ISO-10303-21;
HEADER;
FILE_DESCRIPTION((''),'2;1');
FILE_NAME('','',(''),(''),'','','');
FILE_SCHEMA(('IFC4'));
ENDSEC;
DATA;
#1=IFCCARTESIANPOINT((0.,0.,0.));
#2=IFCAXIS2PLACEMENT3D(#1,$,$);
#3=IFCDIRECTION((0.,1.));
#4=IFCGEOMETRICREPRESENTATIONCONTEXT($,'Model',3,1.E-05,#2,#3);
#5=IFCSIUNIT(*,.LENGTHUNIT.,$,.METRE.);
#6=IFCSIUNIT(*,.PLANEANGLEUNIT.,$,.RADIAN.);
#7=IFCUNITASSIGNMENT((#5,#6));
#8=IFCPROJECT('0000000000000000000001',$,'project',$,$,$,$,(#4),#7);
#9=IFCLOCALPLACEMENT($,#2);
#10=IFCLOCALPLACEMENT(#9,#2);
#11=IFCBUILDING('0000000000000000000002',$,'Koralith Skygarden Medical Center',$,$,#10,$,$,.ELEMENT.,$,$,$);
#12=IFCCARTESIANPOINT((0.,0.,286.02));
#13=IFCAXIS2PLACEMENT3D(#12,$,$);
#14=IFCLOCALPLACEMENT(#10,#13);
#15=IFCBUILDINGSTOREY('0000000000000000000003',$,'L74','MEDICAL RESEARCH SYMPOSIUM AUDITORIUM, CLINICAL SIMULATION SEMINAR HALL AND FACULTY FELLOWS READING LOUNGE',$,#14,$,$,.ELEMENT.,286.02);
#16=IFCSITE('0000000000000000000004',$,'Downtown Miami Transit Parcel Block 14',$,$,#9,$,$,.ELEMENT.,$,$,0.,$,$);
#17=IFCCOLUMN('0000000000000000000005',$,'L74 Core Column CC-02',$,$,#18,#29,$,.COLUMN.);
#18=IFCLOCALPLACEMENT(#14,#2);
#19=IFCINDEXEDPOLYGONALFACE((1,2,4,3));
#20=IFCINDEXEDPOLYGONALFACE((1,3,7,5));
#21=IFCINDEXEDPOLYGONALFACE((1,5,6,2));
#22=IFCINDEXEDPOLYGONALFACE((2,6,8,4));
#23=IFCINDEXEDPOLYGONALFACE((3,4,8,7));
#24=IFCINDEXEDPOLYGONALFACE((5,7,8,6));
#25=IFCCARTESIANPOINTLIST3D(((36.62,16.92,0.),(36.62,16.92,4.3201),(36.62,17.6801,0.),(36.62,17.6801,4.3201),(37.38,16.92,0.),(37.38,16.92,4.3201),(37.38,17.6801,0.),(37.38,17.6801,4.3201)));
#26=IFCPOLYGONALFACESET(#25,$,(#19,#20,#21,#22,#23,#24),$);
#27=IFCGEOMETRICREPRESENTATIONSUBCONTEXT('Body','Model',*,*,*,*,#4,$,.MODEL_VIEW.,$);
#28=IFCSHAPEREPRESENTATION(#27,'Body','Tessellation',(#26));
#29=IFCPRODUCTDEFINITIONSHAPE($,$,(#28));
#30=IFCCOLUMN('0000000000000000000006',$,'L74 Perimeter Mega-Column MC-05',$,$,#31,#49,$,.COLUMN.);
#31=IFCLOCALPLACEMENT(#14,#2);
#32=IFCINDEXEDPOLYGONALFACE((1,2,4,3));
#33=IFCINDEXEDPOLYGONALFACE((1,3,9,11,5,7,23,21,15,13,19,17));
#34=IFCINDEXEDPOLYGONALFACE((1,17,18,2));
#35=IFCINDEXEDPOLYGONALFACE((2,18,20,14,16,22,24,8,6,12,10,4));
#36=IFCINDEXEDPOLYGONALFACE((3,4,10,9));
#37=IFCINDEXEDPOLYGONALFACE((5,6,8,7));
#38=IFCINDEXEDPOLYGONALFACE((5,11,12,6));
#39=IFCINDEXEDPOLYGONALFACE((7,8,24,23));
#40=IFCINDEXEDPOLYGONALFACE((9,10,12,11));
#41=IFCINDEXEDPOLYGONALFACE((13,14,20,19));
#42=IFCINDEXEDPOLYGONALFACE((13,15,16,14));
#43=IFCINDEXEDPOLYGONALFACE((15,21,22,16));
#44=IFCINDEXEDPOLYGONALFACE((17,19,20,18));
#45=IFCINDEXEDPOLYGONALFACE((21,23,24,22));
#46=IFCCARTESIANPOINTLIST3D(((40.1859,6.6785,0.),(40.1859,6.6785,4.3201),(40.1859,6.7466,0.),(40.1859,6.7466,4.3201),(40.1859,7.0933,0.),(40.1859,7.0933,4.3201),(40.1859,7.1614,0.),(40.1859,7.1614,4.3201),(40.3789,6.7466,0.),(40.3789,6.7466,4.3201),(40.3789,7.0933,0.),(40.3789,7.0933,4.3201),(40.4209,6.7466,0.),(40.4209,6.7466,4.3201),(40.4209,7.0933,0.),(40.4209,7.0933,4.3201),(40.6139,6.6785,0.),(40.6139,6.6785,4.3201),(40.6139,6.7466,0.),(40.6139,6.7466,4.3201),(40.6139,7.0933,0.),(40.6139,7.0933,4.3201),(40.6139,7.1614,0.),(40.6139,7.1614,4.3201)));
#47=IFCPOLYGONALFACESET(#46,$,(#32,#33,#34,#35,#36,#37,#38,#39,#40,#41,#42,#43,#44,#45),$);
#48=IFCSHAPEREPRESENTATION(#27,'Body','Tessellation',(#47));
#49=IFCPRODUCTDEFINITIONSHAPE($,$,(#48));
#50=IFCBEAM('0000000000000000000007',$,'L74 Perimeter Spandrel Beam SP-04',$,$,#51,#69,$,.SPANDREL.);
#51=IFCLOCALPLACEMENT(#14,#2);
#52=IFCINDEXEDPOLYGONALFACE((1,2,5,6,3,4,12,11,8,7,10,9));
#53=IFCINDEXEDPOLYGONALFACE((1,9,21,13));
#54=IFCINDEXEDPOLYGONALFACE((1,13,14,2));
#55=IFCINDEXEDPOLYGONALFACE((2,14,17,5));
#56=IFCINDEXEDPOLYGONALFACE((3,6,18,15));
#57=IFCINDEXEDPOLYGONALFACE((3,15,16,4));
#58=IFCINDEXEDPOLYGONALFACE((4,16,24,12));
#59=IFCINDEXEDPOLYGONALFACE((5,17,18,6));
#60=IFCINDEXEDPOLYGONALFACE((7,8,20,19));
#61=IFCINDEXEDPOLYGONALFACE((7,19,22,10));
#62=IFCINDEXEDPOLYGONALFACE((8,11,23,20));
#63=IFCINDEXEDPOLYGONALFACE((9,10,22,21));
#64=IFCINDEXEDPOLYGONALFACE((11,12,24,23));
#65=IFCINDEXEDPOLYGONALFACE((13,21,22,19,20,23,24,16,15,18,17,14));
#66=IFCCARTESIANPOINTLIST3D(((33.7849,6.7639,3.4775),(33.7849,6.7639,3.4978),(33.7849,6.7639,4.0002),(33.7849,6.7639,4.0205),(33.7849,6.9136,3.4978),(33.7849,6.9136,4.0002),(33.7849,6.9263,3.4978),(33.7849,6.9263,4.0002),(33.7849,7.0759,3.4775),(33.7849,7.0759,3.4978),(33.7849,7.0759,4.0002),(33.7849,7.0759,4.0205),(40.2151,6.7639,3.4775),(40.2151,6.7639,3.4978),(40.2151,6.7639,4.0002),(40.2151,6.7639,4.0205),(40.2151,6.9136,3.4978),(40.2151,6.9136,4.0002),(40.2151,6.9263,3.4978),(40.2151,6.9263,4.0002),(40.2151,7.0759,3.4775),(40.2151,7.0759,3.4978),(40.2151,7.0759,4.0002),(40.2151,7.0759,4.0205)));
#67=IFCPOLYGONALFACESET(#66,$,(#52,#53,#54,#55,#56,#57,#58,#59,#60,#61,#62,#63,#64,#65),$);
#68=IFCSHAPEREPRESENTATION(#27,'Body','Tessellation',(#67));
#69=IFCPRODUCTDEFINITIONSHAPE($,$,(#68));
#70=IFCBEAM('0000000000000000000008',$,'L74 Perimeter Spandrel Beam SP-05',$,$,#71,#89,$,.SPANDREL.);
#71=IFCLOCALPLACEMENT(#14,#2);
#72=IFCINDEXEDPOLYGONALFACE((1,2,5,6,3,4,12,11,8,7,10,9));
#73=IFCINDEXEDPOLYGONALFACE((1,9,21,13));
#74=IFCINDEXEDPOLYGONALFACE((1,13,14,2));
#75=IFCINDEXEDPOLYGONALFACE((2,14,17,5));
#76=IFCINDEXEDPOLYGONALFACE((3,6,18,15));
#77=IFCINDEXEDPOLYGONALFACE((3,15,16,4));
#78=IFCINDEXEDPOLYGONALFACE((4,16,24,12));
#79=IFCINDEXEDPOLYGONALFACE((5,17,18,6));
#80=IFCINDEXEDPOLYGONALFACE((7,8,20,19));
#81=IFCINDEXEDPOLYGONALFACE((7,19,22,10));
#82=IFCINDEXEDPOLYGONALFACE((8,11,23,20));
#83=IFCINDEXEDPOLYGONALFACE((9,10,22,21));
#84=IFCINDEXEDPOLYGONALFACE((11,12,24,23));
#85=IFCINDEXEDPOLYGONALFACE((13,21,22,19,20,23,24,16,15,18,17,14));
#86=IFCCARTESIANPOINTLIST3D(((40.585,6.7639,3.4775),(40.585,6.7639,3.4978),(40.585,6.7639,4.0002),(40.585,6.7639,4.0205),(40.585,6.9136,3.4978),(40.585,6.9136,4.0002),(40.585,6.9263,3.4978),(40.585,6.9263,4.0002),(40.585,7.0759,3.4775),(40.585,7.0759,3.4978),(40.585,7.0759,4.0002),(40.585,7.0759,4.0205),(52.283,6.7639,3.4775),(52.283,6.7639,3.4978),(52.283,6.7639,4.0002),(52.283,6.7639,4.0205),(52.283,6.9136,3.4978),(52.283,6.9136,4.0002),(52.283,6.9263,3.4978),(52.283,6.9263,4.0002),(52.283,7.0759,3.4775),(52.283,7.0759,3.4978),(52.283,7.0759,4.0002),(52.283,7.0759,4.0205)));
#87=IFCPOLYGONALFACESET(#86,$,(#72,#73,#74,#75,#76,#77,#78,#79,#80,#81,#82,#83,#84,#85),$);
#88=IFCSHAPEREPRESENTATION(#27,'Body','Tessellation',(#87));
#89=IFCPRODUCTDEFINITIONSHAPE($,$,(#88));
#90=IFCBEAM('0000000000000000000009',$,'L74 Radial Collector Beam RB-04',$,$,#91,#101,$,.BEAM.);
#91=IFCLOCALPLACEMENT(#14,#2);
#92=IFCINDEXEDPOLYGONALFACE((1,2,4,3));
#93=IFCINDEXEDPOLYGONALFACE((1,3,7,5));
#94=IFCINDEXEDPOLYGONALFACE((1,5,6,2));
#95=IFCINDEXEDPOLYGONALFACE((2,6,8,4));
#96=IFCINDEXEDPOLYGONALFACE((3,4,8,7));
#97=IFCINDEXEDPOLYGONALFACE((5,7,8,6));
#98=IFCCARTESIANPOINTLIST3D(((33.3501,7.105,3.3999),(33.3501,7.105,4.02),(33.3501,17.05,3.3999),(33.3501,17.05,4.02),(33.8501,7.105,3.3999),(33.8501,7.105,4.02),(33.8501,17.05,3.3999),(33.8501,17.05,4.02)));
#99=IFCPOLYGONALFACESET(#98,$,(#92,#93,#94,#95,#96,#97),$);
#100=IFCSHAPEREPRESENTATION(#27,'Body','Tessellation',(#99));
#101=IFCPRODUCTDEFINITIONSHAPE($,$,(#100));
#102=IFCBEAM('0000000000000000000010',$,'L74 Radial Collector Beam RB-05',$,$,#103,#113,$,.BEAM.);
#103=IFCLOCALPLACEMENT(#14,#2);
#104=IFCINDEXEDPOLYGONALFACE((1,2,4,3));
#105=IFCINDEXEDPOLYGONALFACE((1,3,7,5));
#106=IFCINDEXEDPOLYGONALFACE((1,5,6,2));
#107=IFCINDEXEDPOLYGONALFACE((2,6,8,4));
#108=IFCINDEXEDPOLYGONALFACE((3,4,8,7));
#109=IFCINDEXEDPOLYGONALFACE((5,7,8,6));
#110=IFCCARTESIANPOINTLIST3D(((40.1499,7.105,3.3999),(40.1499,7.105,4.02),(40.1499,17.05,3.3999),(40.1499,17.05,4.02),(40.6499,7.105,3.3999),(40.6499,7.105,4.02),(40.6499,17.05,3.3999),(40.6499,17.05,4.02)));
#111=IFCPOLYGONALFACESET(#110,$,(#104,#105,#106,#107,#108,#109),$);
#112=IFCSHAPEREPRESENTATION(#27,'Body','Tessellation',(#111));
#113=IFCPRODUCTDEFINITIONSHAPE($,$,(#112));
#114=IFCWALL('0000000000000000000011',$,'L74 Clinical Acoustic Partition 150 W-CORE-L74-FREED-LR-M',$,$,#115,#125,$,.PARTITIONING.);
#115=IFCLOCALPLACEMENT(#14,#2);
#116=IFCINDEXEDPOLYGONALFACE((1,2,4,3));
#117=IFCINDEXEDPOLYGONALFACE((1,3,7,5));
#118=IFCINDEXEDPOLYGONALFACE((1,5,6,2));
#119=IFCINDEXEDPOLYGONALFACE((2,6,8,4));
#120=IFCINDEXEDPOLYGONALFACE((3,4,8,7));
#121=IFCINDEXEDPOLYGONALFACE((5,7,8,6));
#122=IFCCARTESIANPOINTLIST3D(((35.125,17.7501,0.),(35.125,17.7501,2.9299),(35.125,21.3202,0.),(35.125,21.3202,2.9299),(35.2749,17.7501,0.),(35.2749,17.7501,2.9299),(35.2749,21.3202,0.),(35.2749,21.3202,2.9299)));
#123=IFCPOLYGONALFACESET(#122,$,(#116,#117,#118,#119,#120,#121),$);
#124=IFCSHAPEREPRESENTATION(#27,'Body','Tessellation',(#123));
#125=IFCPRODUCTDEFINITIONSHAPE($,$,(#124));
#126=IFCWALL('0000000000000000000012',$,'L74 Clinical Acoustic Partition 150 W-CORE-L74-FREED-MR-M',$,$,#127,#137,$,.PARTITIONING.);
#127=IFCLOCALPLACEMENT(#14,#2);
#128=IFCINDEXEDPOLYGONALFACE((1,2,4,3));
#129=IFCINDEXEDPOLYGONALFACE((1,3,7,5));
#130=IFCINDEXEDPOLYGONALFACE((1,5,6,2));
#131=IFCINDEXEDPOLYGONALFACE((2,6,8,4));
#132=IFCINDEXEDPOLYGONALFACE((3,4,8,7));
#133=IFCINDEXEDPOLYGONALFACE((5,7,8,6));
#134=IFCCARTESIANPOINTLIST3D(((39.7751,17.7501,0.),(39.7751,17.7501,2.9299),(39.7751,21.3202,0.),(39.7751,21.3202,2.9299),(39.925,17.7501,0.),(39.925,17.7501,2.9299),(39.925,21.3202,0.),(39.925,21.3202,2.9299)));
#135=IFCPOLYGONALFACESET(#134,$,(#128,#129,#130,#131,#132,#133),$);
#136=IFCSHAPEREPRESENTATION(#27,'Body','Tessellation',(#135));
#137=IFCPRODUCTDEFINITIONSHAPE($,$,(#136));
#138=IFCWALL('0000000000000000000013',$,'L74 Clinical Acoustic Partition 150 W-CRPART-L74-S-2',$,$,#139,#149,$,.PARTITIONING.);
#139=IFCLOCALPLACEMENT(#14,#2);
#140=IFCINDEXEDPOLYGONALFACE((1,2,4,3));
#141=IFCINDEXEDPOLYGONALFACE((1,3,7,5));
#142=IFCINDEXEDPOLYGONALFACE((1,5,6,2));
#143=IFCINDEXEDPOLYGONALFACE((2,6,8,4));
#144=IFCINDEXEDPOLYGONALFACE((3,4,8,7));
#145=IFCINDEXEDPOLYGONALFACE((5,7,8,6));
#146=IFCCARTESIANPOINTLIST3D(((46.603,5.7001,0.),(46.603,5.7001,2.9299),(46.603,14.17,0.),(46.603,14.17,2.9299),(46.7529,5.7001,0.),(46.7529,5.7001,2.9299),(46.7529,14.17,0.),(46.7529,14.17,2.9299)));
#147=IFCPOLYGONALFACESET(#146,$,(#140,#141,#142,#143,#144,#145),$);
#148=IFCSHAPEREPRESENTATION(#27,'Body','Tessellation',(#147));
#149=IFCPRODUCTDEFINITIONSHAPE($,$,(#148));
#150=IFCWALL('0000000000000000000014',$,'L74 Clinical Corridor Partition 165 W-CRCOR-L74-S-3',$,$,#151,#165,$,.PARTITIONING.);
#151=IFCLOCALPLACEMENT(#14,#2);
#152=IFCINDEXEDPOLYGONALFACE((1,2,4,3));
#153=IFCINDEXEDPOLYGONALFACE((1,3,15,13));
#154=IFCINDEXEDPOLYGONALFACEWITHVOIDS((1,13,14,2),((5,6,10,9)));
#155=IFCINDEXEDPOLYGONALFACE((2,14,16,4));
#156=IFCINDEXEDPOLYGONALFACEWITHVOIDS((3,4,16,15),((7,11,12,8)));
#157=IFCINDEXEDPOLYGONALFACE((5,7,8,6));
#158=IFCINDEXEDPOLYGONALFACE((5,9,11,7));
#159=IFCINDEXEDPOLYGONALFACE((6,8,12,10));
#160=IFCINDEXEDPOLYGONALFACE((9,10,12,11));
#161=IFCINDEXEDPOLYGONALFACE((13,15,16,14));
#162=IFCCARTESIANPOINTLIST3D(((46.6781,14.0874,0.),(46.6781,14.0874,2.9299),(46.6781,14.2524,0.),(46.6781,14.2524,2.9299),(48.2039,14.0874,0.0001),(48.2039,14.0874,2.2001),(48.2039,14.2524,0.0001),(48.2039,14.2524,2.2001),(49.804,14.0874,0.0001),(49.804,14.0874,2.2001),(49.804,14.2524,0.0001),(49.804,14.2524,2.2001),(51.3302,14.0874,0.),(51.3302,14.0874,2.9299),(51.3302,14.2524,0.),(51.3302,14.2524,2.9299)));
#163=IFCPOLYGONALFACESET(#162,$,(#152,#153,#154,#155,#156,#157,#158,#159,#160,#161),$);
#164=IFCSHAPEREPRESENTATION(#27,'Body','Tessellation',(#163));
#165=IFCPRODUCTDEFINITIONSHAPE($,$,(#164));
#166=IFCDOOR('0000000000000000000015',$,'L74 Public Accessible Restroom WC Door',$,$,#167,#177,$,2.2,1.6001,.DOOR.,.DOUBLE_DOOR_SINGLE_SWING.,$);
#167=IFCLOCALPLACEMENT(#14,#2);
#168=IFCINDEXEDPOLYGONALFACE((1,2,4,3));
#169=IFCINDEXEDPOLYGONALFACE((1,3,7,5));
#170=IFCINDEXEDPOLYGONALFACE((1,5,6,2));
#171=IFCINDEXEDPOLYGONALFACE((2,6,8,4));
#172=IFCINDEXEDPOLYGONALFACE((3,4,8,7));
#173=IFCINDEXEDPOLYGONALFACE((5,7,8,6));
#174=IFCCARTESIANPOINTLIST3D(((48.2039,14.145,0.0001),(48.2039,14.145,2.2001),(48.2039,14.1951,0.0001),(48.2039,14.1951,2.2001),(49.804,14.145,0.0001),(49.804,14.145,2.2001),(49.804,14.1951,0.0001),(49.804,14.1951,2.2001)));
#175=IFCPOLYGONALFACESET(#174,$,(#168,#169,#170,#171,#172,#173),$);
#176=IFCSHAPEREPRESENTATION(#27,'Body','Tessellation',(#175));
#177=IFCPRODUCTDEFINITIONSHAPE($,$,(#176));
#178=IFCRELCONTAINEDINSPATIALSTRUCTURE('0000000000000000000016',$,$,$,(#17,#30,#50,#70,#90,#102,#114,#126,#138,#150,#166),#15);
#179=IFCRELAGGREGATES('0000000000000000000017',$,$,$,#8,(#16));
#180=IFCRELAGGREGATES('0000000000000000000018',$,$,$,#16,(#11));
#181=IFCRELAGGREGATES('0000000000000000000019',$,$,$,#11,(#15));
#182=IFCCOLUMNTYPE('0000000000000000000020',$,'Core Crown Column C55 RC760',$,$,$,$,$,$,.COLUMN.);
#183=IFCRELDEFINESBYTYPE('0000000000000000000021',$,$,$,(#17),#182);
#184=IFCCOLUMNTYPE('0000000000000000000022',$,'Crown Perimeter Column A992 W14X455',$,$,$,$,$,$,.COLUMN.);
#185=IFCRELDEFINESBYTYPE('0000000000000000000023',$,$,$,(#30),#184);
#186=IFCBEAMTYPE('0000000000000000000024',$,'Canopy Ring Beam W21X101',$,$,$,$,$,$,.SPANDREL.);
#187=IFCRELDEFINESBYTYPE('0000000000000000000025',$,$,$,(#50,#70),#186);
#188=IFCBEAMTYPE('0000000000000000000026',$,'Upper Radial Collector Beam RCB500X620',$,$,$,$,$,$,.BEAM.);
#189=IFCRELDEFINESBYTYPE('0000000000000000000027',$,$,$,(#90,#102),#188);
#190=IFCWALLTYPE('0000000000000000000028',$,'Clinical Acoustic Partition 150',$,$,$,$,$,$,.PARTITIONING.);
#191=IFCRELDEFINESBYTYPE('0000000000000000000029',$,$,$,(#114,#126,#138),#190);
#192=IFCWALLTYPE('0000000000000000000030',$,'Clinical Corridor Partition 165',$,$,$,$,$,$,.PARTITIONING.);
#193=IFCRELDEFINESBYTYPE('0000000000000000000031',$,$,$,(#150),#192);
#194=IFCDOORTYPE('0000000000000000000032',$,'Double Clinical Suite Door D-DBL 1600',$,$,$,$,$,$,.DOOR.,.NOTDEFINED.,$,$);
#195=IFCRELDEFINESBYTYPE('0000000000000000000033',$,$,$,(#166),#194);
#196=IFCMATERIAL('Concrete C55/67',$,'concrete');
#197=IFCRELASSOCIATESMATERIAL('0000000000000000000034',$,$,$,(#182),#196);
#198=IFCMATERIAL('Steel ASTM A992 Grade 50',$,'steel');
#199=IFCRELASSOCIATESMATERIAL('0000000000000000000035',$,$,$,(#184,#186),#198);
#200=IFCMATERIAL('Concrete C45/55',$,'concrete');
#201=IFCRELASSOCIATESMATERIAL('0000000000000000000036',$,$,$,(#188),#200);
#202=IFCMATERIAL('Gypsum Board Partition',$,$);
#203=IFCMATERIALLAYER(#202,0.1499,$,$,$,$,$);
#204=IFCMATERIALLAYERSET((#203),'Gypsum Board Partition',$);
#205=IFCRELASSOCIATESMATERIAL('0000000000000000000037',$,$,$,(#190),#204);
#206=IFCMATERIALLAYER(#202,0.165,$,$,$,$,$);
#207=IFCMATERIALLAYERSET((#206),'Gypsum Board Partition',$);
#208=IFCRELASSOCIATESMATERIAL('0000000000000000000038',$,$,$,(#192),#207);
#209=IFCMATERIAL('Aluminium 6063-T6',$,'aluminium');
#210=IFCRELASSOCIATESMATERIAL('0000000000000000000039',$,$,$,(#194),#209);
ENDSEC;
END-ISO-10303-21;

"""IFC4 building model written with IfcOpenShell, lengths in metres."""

from ifc_helpers import new_model, si_unit, direction, frame, frame_2d, origin, origin_2d, place, context, subcontext, project, spatial, rectangle, i_section, extrude, material, layer, layer_set, material_profile, profile_set, type_object, element, fill, save


model = new_model("IFC4")

# Units and contexts
model_context = context("Model", 3, precision=1e-05, world=origin(), true_north=direction((0.0, 1.0)))
body_context = subcontext(model_context, "Body", "Model", "MODEL_VIEW")
ifc_project = project(units=[si_unit("LENGTHUNIT", "METRE"), si_unit("PLANEANGLEUNIT", "RADIAN")], contexts=[model_context])

# Site, building, storey
site_placement = place(None, origin())
site = spatial("IfcSite", under=ifc_project, at=site_placement, Name="Downtown Miami Transit Parcel Block 14", CompositionType="ELEMENT", RefElevation=0.0)
building_placement = place(site_placement, origin())
building = spatial("IfcBuilding", under=site, at=building_placement, Name="Koralith Skygarden Medical Center", CompositionType="ELEMENT")
storey_placement = place(building_placement, frame((0.0, 0.0, 286.02)))
storey = spatial("IfcBuildingStorey", under=building, at=storey_placement, Name="L74", Description="MEDICAL RESEARCH SYMPOSIUM AUDITORIUM, CLINICAL SIMULATION SEMINAR HALL AND FACULTY FELLOWS READING LOUNGE", CompositionType="ELEMENT", Elevation=286.02)

# Columns
ifc_material_1 = material(Name="Concrete C55/67", Category="concrete")
ifc_material_profile_1 = material_profile(ifc_material_1, rectangle(XDim=0.76, YDim=0.76, at=origin_2d()), Name="RC760X760")
ifc_profile_set_1 = profile_set([ifc_material_profile_1], Name="Concrete C55/67")
column_type_1 = type_object("IfcColumnType", Name="Core Crown Column C55 RC760", PredefinedType="COLUMN", material=ifc_profile_set_1)
column_1_placement = place(storey_placement, frame((37.0, 17.3, 0.0), z_axis=(0.0, 0.0, 1.0), x_axis=(1.0, 0.0, 0.0)))
element("IfcColumn", 1, at=column_1_placement, inside=storey, type_object=column_type_1, Name="L74 Core Column CC-02", PredefinedType="COLUMN", context=body_context, shape_type="SweptSolid", body=[
    extrude(rectangle(XDim=0.76, YDim=0.76, at=origin_2d()), origin(), (0.0, 0.0, 1.0), 4.3201),
])
ifc_material_2 = material(Name="Steel ASTM A992 Grade 50", Category="steel")
ifc_material_profile_2 = material_profile(ifc_material_2, i_section(OverallWidth=0.428, OverallDepth=0.4829, WebThickness=0.042, FlangeThickness=0.0681, at=origin_2d()), Name="W14X455")
ifc_profile_set_2 = profile_set([ifc_material_profile_2], Name="Steel ASTM A992 Grade 50")
column_type_2 = type_object("IfcColumnType", Name="Crown Perimeter Column A992 W14X455", PredefinedType="COLUMN", material=ifc_profile_set_2)
column_2_placement = place(storey_placement, frame((40.3999, 6.9199, 0.0), z_axis=(0.0, 0.0, 1.0), x_axis=(1.0, 0.0, 0.0)))
element("IfcColumn", 2, at=column_2_placement, inside=storey, type_object=column_type_2, Name="L74 Perimeter Mega-Column MC-05", PredefinedType="COLUMN", context=body_context, shape_type="SweptSolid", body=[
    extrude(i_section(OverallWidth=0.428, OverallDepth=0.4829, WebThickness=0.042, FlangeThickness=0.0681, at=origin_2d()), origin(), (0.0, 0.0, 1.0), 4.3201),
])

# Beams
ifc_material_profile_3 = material_profile(ifc_material_2, i_section(OverallWidth=0.312, OverallDepth=0.543, WebThickness=0.0127, FlangeThickness=0.0203, at=origin_2d()), Name="W21X101")
ifc_profile_set_3 = profile_set([ifc_material_profile_3], Name="Steel ASTM A992 Grade 50")
beam_type_1 = type_object("IfcBeamType", Name="Canopy Ring Beam W21X101", PredefinedType="SPANDREL", material=ifc_profile_set_3)
beam_1_placement = place(storey_placement, frame((33.7849, 6.9199, 3.749), z_axis=(1.0, 0.0, 0.0), x_axis=(0.0, 1.0, 0.0)))
element("IfcBeam", 3, at=beam_1_placement, inside=storey, type_object=beam_type_1, Name="L74 Perimeter Spandrel Beam SP-04", PredefinedType="SPANDREL", context=body_context, shape_type="SweptSolid", body=[
    extrude(i_section(OverallWidth=0.312, OverallDepth=0.543, WebThickness=0.0127, FlangeThickness=0.0203, at=origin_2d()), origin(), (0.0, 0.0, 1.0), 6.4302),
])
beam_2_placement = place(storey_placement, frame((40.585, 6.9199, 3.749), z_axis=(1.0, 0.0, 0.0), x_axis=(0.0, 1.0, 0.0)))
element("IfcBeam", 4, at=beam_2_placement, inside=storey, type_object=beam_type_1, Name="L74 Perimeter Spandrel Beam SP-05", PredefinedType="SPANDREL", context=body_context, shape_type="SweptSolid", body=[
    extrude(i_section(OverallWidth=0.312, OverallDepth=0.543, WebThickness=0.0127, FlangeThickness=0.0203, at=origin_2d()), origin(), (0.0, 0.0, 1.0), 11.698),
])
ifc_material_3 = material(Name="Concrete C45/55", Category="concrete")
ifc_material_profile_4 = material_profile(ifc_material_3, rectangle(XDim=0.5, YDim=0.6201, at=origin_2d()), Name="RCB500X620")
ifc_profile_set_4 = profile_set([ifc_material_profile_4], Name="Concrete C45/55")
beam_type_2 = type_object("IfcBeamType", Name="Upper Radial Collector Beam RCB500X620", PredefinedType="BEAM", material=ifc_profile_set_4)
for number, where, z_axis, x_axis, name in (
    (5, (33.6001, 17.05, 3.71), (0.0, -1.0, 0.0), (1.0, 0.0, 0.0), "L74 Radial Collector Beam RB-04"),
    (6, (40.3999, 17.05, 3.71), (0.0, -1.0, 0.0), (1.0, 0.0, 0.0), "L74 Radial Collector Beam RB-05"),
):
    element("IfcBeam", number, at=place(storey_placement, frame(where, z_axis=z_axis, x_axis=x_axis)), inside=storey, type_object=beam_type_2, Name=name, PredefinedType="BEAM", context=body_context, shape_type="SweptSolid", body=[
        extrude(rectangle(XDim=0.5, YDim=0.6201, at=origin_2d()), origin(), (0.0, 0.0, 1.0), 9.9451),
    ])

# Walls
ifc_material_4 = material(Name="Gypsum Board Partition")
ifc_layer_1 = layer(ifc_material_4, 0.1499)
ifc_layer_set_1 = layer_set([ifc_layer_1], Name="Gypsum Board Partition")
wall_type_1 = type_object("IfcWallType", Name="Clinical Acoustic Partition 150", PredefinedType="PARTITIONING", material=ifc_layer_set_1)
for number, where, z_axis, x_axis, name in (
    (7, (35.2, 17.75, 0.0), (0.0, 0.0, 1.0), (0.0, 1.0, 0.0), "L74 Clinical Acoustic Partition 150 W-CORE-L74-FREED-LR-M"),
    (8, (39.8501, 17.75, 0.0), (0.0, 0.0, 1.0), (0.0, 1.0, 0.0), "L74 Clinical Acoustic Partition 150 W-CORE-L74-FREED-MR-M"),
):
    element("IfcWall", number, at=place(storey_placement, frame(where, z_axis=z_axis, x_axis=x_axis)), inside=storey, type_object=wall_type_1, Name=name, PredefinedType="PARTITIONING", context=body_context, shape_type="SweptSolid", body=[
        extrude(rectangle(XDim=3.5701, YDim=0.1499, at=frame_2d((1.7852, 0.0))), origin(), (0.0, 0.0, 1.0), 2.9299),
    ])
wall_1_placement = place(storey_placement, frame((46.678, 14.1699, 0.0), z_axis=(0.0, 0.0, 1.0), x_axis=(0.0, -1.0, 0.0)))
element("IfcWall", 9, at=wall_1_placement, inside=storey, type_object=wall_type_1, Name="L74 Clinical Acoustic Partition 150 W-CRPART-L74-S-2", PredefinedType="PARTITIONING", context=body_context, shape_type="SweptSolid", body=[
    extrude(rectangle(XDim=8.47, YDim=0.1499, at=frame_2d((4.2349, 0.0))), origin(), (0.0, 0.0, 1.0), 2.9299),
])

# Wall, opening, door
ifc_layer_2 = layer(ifc_material_4, 0.165)
ifc_layer_set_2 = layer_set([ifc_layer_2], Name="Gypsum Board Partition")
wall_type_2 = type_object("IfcWallType", Name="Clinical Corridor Partition 165", PredefinedType="PARTITIONING", material=ifc_layer_set_2)
wall_2_placement = place(storey_placement, frame((46.678, 14.1699, 0.0), z_axis=(0.0, 0.0, 1.0), x_axis=(1.0, 0.0, 0.0)))
wall_2 = element("IfcWall", 10, at=wall_2_placement, inside=storey, type_object=wall_type_2, Name="L74 Clinical Corridor Partition 165 W-CRCOR-L74-S-3", PredefinedType="PARTITIONING", context=body_context, shape_type="SweptSolid", body=[
    extrude(rectangle(XDim=4.6521, YDim=0.165, at=frame_2d((2.3262, 0.0))), origin(), (0.0, 0.0, 1.0), 2.9299),
])
opening_1_placement = place(wall_2_placement, frame((1.5259, 0.0, 0.0)))
opening_1 = element("IfcOpeningElement", 11, at=opening_1_placement, cuts=wall_2, PredefinedType="OPENING", context=body_context, shape_type="SweptSolid", body=[
    extrude(rectangle(XDim=1.6001, YDim=2.2, at=frame_2d((0.8, 1.1001))), frame((0.0, 0.0925, 0.0), z_axis=(0.0, -1.0, 0.0), x_axis=(1.0, 0.0, 0.0)), (0.0, 0.0, 1.0), 0.1851),
])
ifc_material_5 = material(Name="Aluminium 6063-T6", Category="aluminium")
door_type_1 = type_object("IfcDoorType", Name="Double Clinical Suite Door D-DBL 1600", OperationType="NOTDEFINED", PredefinedType="DOOR", material=ifc_material_5)
door_1_placement = place(opening_1_placement, frame((1.6001, 0.0, 0.0), z_axis=(0.0, 0.0, 1.0), x_axis=(-1.0, 0.0, 0.0)))
door_1 = element("IfcDoor", 12, at=door_1_placement, inside=storey, type_object=door_type_1, Name="L74 Public Accessible Restroom WC Door", OperationType="DOUBLE_DOOR_SINGLE_SWING", OverallHeight=2.2, OverallWidth=1.6001, PredefinedType="DOOR", context=body_context, shape_type="SweptSolid", body=[
    extrude(rectangle(XDim=1.6001, YDim=2.2, at=frame_2d((0.8, 1.1001))), frame((0.0, 0.0249, 0.0), z_axis=(0.0, -1.0, 0.0), x_axis=(1.0, 0.0, 0.0)), (0.0, 0.0, 1.0), 0.05),
])
fill(opening_1, door_1)

save(model, "model.ifc")
